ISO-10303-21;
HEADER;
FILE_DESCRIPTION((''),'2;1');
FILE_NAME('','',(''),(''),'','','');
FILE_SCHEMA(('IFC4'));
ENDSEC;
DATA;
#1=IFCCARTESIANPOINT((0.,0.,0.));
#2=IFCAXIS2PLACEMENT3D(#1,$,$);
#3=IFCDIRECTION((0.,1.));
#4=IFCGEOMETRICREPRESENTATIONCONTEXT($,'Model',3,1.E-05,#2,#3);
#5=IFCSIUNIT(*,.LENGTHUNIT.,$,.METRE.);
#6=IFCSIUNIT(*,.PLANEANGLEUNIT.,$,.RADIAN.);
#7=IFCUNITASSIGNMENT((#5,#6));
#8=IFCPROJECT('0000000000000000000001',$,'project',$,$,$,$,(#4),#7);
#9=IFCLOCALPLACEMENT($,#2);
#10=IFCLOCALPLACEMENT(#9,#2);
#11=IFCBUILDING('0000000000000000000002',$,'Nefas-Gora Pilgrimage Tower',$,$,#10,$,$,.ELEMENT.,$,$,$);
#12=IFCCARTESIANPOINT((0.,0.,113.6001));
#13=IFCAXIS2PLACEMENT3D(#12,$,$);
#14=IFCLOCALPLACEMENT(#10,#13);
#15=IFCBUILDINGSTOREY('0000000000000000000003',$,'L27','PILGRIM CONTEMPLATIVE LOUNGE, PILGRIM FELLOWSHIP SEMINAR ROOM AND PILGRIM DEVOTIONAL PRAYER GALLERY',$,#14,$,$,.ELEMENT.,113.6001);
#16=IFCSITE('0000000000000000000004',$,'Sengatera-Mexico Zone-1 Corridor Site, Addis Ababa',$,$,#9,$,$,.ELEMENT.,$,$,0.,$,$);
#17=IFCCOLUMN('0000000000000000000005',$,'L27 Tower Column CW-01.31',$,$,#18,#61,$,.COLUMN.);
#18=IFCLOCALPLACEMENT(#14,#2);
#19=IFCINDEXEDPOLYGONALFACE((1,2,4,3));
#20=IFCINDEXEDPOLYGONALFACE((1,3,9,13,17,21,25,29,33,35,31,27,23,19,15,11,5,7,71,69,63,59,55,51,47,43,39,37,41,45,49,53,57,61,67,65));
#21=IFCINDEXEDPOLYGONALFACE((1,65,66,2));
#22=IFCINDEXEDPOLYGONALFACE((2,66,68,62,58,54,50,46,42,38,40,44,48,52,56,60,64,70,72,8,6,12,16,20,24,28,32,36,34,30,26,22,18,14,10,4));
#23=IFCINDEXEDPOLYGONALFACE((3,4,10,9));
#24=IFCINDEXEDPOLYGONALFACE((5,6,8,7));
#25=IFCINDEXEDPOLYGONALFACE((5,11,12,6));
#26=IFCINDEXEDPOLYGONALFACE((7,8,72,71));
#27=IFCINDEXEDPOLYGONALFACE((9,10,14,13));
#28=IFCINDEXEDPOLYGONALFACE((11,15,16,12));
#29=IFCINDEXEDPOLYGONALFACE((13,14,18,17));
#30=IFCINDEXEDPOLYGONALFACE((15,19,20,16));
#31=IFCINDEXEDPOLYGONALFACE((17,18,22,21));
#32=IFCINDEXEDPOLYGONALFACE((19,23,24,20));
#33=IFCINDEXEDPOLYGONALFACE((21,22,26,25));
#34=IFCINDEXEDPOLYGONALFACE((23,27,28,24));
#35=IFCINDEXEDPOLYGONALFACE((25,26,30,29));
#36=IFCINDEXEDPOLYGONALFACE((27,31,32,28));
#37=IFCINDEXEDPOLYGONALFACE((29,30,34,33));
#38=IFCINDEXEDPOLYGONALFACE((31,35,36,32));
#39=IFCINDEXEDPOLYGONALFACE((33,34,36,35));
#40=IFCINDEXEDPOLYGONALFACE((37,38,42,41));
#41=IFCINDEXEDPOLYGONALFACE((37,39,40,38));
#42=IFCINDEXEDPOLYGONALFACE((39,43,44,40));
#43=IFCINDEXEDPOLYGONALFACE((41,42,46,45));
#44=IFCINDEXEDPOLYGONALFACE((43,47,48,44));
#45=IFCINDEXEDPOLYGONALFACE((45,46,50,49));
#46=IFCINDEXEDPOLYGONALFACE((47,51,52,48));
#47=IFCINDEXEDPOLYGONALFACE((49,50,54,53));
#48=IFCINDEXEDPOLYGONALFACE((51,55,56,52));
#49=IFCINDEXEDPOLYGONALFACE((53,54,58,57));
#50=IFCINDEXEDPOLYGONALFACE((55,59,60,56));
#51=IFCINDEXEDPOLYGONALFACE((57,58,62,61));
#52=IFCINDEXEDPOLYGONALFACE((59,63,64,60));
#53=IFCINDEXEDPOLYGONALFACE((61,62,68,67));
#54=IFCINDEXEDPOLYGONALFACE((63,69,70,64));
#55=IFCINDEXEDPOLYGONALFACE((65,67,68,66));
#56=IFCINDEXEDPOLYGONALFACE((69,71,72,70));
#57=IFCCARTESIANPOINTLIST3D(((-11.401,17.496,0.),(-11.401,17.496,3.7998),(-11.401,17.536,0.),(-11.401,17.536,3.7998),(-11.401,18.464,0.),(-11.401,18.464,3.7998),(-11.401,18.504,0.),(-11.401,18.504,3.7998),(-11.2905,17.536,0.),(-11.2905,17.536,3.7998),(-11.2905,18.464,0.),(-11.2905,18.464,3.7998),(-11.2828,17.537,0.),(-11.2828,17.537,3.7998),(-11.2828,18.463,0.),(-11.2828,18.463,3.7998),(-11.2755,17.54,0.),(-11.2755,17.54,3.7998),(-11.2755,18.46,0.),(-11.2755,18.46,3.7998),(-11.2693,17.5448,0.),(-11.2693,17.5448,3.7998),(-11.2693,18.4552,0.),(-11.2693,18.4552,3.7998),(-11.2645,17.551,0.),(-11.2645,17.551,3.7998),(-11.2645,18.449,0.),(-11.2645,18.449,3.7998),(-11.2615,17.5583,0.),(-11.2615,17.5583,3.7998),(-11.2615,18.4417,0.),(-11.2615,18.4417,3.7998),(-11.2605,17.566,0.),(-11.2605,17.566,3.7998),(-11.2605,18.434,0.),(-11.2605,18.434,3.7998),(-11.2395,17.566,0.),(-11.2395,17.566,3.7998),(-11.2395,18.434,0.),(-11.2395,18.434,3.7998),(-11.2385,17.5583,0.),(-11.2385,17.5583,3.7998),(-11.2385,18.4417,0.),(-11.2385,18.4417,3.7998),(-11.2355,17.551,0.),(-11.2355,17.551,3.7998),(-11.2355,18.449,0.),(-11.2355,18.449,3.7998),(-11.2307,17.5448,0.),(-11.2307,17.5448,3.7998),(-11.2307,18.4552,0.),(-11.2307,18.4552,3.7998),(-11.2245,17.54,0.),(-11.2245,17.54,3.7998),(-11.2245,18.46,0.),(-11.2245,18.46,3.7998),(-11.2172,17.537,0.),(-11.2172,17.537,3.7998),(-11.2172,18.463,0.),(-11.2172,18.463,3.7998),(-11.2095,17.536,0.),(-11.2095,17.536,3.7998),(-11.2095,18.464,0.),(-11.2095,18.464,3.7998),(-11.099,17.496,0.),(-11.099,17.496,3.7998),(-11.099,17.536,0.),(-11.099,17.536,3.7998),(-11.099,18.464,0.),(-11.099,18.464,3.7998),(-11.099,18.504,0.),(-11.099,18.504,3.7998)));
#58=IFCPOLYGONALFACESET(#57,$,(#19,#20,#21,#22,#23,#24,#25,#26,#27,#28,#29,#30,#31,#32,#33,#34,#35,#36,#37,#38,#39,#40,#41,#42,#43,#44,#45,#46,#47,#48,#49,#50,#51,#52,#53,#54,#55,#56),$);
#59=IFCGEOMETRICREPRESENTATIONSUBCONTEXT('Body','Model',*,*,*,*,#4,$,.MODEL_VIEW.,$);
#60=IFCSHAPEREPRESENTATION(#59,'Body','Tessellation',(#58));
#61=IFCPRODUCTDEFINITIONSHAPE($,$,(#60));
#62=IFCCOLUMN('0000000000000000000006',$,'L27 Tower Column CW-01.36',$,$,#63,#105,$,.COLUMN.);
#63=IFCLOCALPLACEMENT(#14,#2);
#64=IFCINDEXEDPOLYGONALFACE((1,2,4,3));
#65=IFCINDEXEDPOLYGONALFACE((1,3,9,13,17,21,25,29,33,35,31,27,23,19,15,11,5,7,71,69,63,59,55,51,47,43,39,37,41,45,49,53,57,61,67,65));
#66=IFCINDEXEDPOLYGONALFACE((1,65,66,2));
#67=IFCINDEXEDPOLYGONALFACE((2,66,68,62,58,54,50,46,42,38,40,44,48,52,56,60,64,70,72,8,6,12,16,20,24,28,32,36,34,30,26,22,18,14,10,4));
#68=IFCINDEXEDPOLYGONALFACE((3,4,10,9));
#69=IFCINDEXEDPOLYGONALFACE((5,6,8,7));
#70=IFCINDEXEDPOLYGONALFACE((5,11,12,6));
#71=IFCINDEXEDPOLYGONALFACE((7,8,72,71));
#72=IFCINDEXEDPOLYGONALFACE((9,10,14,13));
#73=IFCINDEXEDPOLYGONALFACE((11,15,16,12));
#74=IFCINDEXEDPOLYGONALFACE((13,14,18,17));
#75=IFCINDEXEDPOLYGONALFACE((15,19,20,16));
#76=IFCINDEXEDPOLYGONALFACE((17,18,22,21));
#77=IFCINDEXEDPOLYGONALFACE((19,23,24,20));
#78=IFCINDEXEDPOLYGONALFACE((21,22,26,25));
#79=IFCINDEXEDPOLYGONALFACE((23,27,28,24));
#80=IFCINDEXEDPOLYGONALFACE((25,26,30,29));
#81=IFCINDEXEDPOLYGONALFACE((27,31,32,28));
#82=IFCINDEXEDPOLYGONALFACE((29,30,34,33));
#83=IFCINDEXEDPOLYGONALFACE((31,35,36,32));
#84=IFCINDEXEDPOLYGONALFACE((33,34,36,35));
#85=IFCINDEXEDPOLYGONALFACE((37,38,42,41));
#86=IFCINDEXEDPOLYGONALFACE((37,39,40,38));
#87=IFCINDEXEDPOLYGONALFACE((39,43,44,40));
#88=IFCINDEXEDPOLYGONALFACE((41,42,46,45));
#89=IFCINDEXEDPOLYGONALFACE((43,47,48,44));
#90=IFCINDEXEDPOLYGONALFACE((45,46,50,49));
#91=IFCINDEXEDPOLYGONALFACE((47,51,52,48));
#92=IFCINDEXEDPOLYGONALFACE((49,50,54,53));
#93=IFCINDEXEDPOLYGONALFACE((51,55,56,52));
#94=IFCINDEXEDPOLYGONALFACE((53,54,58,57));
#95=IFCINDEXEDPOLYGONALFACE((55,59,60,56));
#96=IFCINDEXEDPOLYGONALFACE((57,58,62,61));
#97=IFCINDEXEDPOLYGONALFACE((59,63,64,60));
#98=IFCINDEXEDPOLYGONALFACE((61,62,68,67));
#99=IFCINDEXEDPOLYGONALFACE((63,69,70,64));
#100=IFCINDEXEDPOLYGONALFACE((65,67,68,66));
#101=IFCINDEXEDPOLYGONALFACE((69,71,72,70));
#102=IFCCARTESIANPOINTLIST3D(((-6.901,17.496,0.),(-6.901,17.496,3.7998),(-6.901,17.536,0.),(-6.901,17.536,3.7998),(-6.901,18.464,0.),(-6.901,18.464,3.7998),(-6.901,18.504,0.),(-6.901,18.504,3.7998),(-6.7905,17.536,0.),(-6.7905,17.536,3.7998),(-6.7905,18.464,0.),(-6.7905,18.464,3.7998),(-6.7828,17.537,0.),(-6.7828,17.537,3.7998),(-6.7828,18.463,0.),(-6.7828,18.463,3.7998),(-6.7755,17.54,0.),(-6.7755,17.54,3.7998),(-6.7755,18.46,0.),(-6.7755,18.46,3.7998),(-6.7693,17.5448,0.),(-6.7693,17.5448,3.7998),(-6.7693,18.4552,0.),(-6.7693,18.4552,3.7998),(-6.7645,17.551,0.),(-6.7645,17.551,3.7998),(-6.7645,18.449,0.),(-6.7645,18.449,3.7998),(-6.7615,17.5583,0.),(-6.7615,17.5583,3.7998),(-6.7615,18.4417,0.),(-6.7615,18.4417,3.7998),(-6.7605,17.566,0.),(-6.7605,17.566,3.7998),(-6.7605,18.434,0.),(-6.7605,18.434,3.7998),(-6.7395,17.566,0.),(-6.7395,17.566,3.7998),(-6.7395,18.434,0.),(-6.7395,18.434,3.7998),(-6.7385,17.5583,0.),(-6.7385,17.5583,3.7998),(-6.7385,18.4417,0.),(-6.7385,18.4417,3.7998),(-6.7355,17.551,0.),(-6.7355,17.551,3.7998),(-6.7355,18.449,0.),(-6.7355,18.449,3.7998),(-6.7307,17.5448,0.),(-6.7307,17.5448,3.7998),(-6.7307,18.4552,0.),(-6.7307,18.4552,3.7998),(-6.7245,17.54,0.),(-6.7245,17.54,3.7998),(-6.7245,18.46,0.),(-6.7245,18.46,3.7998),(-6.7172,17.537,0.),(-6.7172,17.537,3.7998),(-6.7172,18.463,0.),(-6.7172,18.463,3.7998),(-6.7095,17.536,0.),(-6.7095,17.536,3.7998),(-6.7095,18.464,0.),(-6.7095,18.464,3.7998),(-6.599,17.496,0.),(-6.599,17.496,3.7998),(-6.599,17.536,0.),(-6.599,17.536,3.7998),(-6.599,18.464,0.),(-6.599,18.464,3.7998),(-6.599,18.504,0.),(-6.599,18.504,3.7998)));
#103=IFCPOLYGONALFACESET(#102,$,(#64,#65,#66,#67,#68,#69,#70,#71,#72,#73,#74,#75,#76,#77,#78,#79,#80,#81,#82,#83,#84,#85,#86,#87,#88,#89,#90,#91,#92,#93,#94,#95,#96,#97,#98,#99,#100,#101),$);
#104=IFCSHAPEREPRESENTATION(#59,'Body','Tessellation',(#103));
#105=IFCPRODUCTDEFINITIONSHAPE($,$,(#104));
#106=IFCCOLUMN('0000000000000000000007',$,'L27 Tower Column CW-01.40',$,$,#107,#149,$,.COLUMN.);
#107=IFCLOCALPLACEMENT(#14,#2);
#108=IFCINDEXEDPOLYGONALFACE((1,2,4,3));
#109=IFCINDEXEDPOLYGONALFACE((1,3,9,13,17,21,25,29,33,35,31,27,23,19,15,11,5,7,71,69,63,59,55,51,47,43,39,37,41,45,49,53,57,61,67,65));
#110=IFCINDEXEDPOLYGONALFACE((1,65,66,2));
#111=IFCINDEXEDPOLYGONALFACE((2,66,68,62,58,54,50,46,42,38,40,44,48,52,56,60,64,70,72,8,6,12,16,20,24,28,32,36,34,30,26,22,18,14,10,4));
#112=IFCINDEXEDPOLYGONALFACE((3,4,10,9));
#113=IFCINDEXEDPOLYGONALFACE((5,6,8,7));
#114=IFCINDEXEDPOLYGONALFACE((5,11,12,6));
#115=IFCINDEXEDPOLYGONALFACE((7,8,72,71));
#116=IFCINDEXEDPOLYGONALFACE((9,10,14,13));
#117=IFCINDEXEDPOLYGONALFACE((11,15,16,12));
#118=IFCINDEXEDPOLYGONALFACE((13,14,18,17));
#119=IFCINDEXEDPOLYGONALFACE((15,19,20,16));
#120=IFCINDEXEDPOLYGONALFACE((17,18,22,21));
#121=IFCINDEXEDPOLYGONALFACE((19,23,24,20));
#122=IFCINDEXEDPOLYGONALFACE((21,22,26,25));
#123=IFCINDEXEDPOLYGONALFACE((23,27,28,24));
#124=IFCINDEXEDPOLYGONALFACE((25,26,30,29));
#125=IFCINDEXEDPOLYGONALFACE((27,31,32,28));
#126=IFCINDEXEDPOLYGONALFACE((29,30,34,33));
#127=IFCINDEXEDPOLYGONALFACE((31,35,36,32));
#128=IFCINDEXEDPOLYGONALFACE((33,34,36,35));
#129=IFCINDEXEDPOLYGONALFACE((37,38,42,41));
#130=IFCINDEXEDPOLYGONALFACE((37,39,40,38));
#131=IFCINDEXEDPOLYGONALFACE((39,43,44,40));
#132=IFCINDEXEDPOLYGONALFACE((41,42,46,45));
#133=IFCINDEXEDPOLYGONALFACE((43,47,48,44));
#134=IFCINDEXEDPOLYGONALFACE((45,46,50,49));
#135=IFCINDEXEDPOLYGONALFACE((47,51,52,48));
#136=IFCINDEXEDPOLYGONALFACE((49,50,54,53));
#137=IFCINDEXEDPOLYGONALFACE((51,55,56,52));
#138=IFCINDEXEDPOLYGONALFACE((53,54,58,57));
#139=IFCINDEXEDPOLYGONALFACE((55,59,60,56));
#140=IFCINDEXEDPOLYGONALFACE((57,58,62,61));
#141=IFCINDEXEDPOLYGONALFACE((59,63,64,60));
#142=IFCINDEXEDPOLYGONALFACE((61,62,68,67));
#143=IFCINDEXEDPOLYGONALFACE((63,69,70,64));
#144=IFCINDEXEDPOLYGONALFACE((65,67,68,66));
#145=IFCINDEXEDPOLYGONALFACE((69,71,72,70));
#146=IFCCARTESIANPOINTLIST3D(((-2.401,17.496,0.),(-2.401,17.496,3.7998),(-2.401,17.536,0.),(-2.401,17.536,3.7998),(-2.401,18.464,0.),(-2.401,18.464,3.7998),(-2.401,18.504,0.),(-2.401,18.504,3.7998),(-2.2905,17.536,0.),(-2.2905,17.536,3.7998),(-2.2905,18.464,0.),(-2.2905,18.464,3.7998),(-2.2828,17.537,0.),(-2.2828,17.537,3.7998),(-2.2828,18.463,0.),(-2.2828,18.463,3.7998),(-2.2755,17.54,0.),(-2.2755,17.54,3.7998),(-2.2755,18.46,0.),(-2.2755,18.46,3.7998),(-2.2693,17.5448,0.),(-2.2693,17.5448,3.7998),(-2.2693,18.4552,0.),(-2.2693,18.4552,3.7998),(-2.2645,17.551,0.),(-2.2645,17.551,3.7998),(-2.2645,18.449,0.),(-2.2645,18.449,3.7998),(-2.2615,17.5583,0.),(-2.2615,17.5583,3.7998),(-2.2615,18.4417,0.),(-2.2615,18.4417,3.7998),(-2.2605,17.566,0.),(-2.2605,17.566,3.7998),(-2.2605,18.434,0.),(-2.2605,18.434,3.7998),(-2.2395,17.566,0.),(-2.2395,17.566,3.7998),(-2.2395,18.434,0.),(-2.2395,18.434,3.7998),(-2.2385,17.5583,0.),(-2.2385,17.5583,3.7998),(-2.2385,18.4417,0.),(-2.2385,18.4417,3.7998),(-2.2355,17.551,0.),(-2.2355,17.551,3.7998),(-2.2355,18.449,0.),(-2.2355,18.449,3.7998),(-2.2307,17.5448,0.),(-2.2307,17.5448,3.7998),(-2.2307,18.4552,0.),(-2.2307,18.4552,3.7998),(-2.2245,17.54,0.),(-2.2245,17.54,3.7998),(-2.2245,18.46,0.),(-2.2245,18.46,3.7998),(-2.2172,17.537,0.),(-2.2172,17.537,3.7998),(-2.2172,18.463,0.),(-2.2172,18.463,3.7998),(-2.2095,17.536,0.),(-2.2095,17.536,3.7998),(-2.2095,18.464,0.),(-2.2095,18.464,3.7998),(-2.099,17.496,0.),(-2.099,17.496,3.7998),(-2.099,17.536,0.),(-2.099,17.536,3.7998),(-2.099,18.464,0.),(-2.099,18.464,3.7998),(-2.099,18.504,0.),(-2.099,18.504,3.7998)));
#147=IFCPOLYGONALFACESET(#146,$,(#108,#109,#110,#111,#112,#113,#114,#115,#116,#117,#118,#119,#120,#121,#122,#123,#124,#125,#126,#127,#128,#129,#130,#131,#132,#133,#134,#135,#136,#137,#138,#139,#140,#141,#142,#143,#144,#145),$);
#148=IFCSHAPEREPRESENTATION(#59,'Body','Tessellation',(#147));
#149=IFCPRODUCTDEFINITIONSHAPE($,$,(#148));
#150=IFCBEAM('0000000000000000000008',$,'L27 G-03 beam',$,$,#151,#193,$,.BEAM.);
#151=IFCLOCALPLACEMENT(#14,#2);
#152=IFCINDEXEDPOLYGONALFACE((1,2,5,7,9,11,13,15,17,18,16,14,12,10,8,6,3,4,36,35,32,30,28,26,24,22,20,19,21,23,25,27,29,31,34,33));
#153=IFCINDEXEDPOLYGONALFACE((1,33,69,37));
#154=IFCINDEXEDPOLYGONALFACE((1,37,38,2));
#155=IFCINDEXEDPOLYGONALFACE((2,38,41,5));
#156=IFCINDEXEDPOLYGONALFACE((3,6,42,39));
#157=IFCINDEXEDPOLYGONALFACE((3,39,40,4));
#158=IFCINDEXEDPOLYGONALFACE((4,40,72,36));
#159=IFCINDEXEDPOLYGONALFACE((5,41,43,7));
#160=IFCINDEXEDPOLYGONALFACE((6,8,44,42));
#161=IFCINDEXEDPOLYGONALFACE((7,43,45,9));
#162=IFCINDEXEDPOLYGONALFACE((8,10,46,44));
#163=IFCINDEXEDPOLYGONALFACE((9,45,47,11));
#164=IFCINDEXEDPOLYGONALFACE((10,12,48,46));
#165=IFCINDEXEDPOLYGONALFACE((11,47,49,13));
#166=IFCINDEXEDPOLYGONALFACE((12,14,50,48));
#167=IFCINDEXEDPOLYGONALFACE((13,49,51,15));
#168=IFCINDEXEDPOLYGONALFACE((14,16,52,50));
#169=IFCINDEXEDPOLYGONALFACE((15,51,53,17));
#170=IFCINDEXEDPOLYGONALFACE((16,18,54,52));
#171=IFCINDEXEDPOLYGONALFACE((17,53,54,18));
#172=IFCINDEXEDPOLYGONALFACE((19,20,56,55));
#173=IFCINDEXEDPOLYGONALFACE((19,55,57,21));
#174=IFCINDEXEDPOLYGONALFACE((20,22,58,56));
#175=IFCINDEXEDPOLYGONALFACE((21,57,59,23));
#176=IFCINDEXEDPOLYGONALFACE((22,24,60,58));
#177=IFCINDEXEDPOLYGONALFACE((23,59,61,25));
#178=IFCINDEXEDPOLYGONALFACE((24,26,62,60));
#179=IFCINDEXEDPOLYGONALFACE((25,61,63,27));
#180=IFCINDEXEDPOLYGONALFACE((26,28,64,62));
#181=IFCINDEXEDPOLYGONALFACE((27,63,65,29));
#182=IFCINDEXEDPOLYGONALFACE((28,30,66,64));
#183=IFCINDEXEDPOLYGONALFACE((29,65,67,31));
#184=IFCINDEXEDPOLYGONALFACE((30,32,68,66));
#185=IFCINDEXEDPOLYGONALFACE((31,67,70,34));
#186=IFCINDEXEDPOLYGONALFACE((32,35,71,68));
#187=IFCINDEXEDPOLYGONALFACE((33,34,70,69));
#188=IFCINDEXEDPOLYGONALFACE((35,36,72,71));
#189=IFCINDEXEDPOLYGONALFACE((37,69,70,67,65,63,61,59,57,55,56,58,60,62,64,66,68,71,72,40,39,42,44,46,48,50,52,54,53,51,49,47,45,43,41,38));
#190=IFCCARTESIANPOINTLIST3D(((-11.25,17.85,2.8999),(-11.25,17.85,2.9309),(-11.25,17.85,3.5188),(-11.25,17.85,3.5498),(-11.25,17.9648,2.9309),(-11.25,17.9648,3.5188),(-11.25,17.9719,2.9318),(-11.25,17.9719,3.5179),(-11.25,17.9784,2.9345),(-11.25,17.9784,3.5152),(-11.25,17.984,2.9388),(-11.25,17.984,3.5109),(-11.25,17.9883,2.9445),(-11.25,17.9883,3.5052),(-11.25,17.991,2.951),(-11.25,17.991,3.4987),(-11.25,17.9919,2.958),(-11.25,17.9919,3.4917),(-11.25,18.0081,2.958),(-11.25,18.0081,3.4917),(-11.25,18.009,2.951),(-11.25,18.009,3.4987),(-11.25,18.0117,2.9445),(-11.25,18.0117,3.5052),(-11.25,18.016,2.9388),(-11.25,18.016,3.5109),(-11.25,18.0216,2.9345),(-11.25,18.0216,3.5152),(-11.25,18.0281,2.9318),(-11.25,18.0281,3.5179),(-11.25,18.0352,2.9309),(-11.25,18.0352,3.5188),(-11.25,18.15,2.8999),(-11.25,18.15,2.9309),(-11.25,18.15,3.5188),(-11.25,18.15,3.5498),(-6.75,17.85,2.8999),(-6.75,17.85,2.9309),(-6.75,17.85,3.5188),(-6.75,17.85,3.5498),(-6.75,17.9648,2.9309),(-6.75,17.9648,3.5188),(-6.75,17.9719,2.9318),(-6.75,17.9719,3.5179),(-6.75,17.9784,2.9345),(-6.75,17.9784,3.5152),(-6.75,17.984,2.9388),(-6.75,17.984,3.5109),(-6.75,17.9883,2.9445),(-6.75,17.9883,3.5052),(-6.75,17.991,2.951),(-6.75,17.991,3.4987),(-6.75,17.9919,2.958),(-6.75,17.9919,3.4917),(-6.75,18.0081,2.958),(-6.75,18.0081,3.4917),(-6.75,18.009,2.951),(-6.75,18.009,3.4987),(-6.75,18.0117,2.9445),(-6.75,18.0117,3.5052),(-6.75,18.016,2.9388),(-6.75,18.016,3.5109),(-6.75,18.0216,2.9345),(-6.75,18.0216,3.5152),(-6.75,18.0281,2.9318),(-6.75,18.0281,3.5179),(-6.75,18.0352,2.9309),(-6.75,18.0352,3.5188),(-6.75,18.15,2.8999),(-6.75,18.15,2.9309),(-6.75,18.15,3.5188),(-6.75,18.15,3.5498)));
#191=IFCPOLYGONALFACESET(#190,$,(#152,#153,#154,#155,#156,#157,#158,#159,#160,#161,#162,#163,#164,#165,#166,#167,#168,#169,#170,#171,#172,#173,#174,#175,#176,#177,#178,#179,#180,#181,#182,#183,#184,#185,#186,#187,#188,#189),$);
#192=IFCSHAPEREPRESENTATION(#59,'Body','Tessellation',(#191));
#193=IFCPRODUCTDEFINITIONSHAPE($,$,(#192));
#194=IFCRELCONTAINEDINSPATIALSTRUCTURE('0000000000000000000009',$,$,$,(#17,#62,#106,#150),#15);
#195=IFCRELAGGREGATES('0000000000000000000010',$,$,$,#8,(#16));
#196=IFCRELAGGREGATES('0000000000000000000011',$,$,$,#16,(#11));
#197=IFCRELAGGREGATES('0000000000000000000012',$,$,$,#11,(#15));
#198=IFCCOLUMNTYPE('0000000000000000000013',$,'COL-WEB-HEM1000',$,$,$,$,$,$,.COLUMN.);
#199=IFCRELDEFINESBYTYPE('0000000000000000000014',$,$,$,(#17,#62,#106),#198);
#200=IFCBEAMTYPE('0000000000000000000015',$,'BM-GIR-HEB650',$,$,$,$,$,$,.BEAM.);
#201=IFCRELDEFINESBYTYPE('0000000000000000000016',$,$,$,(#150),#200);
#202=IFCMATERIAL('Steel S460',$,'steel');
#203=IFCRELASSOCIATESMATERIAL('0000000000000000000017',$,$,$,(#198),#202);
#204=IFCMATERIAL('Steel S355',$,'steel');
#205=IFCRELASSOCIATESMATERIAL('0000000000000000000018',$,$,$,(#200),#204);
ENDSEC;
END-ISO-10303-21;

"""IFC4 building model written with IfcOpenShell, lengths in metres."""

from ifc_helpers import new_model, si_unit, direction, frame, origin, origin_2d, place, context, subcontext, project, spatial, i_section, extrude, source, transform, mapped, material, material_profile, profile_set, type_object, element, save


model = new_model("IFC4")

# Units and contexts
model_context = context("Model", 3, precision=1e-05, world=origin(), true_north=direction((0.0, 1.0)))
body_context = subcontext(model_context, "Body", "Model", "MODEL_VIEW")
ifc_project = project(units=[si_unit("LENGTHUNIT", "METRE"), si_unit("PLANEANGLEUNIT", "RADIAN")], contexts=[model_context])

# Site, building, storey
site_placement = place(None, origin())
site = spatial("IfcSite", under=ifc_project, at=site_placement, Name="Sengatera-Mexico Zone-1 Corridor Site, Addis Ababa", CompositionType="ELEMENT", RefElevation=0.0)
building_placement = place(site_placement, origin())
building = spatial("IfcBuilding", under=site, at=building_placement, Name="Nefas-Gora Pilgrimage Tower", CompositionType="ELEMENT")
storey_placement = place(building_placement, frame((0.0, 0.0, 113.6001)))
storey = spatial("IfcBuildingStorey", under=building, at=storey_placement, Name="L27", Description="PILGRIM CONTEMPLATIVE LOUNGE, PILGRIM FELLOWSHIP SEMINAR ROOM AND PILGRIM DEVOTIONAL PRAYER GALLERY", CompositionType="ELEMENT", Elevation=113.6001)

# Columns
ifc_material_1 = material(Name="Steel S460", Category="steel")
ifc_material_profile_1 = material_profile(ifc_material_1, i_section(OverallWidth=0.302, OverallDepth=1.0081, WebThickness=0.021, FlangeThickness=0.04, FilletRadius=0.03, at=origin_2d()), Name="HEM 1000")
ifc_profile_set_1 = profile_set([ifc_material_profile_1], Name="Steel S460")
column_type = type_object("IfcColumnType", Name="COL-WEB-HEM1000", PredefinedType="COLUMN", material=ifc_profile_set_1)
shared_shape_1 = source(origin(), body_context, "Body", "SweptSolid", [
    extrude(i_section(OverallWidth=0.302, OverallDepth=1.0081, WebThickness=0.021, FlangeThickness=0.04, FilletRadius=0.03, at=origin_2d()), origin(), (0.0, 0.0, 1.0), 3.7998),
])
for number, where, z_axis, x_axis, name in (
    (1, (-11.25, 18.0, 0.0), (0.0, 0.0, 1.0), (1.0, 0.0, 0.0), "L27 Tower Column CW-01.31"),
    (2, (-6.75, 18.0, 0.0), (0.0, 0.0, 1.0), (1.0, 0.0, 0.0), "L27 Tower Column CW-01.36"),
    (3, (-2.25, 18.0, 0.0), (0.0, 0.0, 1.0), (1.0, 0.0, 0.0), "L27 Tower Column CW-01.40"),
):
    element("IfcColumn", number, at=place(storey_placement, frame(where, z_axis=z_axis, x_axis=x_axis)), inside=storey, type_object=column_type, Name=name, PredefinedType="COLUMN", context=body_context, shape_type="MappedRepresentation", body=[
        mapped(shared_shape_1, transform((0.0, 0.0, 0.0), x_axis=(1.0, 0.0, 0.0), y_axis=(0.0, 1.0, 0.0), z_axis=(0.0, 0.0, 1.0), scale=1.0)),
    ])

# Beam
ifc_material_2 = material(Name="Steel S355", Category="steel")
ifc_material_profile_2 = material_profile(ifc_material_2, i_section(OverallWidth=0.3, OverallDepth=0.6499, WebThickness=0.0161, FlangeThickness=0.031, FilletRadius=0.0271, at=origin_2d()), Name="HEB 650")
ifc_profile_set_2 = profile_set([ifc_material_profile_2], Name="Steel S355")
beam_type = type_object("IfcBeamType", Name="BM-GIR-HEB650", PredefinedType="BEAM", material=ifc_profile_set_2)
shared_shape_2 = source(origin(), body_context, "Body", "SweptSolid", [
    extrude(i_section(OverallWidth=0.3, OverallDepth=0.6499, WebThickness=0.0161, FlangeThickness=0.031, FilletRadius=0.0271, at=origin_2d()), origin(), (0.0, 0.0, 1.0), 4.5),
])
for number, where, z_axis, x_axis, name in (
    (4, (-11.25, 18.0, 3.2249), (1.0, 0.0, 0.0), (0.0, 1.0, 0.0), "L27 G-03 beam"),
):
    element("IfcBeam", number, at=place(storey_placement, frame(where, z_axis=z_axis, x_axis=x_axis)), inside=storey, type_object=beam_type, Name=name, PredefinedType="BEAM", context=body_context, shape_type="MappedRepresentation", body=[
        mapped(shared_shape_2, transform((0.0, 0.0, 0.0), x_axis=(1.0, 0.0, 0.0), y_axis=(0.0, 1.0, 0.0), z_axis=(0.0, 0.0, 1.0), scale=1.0)),
    ])

save(model, "model.ifc")
